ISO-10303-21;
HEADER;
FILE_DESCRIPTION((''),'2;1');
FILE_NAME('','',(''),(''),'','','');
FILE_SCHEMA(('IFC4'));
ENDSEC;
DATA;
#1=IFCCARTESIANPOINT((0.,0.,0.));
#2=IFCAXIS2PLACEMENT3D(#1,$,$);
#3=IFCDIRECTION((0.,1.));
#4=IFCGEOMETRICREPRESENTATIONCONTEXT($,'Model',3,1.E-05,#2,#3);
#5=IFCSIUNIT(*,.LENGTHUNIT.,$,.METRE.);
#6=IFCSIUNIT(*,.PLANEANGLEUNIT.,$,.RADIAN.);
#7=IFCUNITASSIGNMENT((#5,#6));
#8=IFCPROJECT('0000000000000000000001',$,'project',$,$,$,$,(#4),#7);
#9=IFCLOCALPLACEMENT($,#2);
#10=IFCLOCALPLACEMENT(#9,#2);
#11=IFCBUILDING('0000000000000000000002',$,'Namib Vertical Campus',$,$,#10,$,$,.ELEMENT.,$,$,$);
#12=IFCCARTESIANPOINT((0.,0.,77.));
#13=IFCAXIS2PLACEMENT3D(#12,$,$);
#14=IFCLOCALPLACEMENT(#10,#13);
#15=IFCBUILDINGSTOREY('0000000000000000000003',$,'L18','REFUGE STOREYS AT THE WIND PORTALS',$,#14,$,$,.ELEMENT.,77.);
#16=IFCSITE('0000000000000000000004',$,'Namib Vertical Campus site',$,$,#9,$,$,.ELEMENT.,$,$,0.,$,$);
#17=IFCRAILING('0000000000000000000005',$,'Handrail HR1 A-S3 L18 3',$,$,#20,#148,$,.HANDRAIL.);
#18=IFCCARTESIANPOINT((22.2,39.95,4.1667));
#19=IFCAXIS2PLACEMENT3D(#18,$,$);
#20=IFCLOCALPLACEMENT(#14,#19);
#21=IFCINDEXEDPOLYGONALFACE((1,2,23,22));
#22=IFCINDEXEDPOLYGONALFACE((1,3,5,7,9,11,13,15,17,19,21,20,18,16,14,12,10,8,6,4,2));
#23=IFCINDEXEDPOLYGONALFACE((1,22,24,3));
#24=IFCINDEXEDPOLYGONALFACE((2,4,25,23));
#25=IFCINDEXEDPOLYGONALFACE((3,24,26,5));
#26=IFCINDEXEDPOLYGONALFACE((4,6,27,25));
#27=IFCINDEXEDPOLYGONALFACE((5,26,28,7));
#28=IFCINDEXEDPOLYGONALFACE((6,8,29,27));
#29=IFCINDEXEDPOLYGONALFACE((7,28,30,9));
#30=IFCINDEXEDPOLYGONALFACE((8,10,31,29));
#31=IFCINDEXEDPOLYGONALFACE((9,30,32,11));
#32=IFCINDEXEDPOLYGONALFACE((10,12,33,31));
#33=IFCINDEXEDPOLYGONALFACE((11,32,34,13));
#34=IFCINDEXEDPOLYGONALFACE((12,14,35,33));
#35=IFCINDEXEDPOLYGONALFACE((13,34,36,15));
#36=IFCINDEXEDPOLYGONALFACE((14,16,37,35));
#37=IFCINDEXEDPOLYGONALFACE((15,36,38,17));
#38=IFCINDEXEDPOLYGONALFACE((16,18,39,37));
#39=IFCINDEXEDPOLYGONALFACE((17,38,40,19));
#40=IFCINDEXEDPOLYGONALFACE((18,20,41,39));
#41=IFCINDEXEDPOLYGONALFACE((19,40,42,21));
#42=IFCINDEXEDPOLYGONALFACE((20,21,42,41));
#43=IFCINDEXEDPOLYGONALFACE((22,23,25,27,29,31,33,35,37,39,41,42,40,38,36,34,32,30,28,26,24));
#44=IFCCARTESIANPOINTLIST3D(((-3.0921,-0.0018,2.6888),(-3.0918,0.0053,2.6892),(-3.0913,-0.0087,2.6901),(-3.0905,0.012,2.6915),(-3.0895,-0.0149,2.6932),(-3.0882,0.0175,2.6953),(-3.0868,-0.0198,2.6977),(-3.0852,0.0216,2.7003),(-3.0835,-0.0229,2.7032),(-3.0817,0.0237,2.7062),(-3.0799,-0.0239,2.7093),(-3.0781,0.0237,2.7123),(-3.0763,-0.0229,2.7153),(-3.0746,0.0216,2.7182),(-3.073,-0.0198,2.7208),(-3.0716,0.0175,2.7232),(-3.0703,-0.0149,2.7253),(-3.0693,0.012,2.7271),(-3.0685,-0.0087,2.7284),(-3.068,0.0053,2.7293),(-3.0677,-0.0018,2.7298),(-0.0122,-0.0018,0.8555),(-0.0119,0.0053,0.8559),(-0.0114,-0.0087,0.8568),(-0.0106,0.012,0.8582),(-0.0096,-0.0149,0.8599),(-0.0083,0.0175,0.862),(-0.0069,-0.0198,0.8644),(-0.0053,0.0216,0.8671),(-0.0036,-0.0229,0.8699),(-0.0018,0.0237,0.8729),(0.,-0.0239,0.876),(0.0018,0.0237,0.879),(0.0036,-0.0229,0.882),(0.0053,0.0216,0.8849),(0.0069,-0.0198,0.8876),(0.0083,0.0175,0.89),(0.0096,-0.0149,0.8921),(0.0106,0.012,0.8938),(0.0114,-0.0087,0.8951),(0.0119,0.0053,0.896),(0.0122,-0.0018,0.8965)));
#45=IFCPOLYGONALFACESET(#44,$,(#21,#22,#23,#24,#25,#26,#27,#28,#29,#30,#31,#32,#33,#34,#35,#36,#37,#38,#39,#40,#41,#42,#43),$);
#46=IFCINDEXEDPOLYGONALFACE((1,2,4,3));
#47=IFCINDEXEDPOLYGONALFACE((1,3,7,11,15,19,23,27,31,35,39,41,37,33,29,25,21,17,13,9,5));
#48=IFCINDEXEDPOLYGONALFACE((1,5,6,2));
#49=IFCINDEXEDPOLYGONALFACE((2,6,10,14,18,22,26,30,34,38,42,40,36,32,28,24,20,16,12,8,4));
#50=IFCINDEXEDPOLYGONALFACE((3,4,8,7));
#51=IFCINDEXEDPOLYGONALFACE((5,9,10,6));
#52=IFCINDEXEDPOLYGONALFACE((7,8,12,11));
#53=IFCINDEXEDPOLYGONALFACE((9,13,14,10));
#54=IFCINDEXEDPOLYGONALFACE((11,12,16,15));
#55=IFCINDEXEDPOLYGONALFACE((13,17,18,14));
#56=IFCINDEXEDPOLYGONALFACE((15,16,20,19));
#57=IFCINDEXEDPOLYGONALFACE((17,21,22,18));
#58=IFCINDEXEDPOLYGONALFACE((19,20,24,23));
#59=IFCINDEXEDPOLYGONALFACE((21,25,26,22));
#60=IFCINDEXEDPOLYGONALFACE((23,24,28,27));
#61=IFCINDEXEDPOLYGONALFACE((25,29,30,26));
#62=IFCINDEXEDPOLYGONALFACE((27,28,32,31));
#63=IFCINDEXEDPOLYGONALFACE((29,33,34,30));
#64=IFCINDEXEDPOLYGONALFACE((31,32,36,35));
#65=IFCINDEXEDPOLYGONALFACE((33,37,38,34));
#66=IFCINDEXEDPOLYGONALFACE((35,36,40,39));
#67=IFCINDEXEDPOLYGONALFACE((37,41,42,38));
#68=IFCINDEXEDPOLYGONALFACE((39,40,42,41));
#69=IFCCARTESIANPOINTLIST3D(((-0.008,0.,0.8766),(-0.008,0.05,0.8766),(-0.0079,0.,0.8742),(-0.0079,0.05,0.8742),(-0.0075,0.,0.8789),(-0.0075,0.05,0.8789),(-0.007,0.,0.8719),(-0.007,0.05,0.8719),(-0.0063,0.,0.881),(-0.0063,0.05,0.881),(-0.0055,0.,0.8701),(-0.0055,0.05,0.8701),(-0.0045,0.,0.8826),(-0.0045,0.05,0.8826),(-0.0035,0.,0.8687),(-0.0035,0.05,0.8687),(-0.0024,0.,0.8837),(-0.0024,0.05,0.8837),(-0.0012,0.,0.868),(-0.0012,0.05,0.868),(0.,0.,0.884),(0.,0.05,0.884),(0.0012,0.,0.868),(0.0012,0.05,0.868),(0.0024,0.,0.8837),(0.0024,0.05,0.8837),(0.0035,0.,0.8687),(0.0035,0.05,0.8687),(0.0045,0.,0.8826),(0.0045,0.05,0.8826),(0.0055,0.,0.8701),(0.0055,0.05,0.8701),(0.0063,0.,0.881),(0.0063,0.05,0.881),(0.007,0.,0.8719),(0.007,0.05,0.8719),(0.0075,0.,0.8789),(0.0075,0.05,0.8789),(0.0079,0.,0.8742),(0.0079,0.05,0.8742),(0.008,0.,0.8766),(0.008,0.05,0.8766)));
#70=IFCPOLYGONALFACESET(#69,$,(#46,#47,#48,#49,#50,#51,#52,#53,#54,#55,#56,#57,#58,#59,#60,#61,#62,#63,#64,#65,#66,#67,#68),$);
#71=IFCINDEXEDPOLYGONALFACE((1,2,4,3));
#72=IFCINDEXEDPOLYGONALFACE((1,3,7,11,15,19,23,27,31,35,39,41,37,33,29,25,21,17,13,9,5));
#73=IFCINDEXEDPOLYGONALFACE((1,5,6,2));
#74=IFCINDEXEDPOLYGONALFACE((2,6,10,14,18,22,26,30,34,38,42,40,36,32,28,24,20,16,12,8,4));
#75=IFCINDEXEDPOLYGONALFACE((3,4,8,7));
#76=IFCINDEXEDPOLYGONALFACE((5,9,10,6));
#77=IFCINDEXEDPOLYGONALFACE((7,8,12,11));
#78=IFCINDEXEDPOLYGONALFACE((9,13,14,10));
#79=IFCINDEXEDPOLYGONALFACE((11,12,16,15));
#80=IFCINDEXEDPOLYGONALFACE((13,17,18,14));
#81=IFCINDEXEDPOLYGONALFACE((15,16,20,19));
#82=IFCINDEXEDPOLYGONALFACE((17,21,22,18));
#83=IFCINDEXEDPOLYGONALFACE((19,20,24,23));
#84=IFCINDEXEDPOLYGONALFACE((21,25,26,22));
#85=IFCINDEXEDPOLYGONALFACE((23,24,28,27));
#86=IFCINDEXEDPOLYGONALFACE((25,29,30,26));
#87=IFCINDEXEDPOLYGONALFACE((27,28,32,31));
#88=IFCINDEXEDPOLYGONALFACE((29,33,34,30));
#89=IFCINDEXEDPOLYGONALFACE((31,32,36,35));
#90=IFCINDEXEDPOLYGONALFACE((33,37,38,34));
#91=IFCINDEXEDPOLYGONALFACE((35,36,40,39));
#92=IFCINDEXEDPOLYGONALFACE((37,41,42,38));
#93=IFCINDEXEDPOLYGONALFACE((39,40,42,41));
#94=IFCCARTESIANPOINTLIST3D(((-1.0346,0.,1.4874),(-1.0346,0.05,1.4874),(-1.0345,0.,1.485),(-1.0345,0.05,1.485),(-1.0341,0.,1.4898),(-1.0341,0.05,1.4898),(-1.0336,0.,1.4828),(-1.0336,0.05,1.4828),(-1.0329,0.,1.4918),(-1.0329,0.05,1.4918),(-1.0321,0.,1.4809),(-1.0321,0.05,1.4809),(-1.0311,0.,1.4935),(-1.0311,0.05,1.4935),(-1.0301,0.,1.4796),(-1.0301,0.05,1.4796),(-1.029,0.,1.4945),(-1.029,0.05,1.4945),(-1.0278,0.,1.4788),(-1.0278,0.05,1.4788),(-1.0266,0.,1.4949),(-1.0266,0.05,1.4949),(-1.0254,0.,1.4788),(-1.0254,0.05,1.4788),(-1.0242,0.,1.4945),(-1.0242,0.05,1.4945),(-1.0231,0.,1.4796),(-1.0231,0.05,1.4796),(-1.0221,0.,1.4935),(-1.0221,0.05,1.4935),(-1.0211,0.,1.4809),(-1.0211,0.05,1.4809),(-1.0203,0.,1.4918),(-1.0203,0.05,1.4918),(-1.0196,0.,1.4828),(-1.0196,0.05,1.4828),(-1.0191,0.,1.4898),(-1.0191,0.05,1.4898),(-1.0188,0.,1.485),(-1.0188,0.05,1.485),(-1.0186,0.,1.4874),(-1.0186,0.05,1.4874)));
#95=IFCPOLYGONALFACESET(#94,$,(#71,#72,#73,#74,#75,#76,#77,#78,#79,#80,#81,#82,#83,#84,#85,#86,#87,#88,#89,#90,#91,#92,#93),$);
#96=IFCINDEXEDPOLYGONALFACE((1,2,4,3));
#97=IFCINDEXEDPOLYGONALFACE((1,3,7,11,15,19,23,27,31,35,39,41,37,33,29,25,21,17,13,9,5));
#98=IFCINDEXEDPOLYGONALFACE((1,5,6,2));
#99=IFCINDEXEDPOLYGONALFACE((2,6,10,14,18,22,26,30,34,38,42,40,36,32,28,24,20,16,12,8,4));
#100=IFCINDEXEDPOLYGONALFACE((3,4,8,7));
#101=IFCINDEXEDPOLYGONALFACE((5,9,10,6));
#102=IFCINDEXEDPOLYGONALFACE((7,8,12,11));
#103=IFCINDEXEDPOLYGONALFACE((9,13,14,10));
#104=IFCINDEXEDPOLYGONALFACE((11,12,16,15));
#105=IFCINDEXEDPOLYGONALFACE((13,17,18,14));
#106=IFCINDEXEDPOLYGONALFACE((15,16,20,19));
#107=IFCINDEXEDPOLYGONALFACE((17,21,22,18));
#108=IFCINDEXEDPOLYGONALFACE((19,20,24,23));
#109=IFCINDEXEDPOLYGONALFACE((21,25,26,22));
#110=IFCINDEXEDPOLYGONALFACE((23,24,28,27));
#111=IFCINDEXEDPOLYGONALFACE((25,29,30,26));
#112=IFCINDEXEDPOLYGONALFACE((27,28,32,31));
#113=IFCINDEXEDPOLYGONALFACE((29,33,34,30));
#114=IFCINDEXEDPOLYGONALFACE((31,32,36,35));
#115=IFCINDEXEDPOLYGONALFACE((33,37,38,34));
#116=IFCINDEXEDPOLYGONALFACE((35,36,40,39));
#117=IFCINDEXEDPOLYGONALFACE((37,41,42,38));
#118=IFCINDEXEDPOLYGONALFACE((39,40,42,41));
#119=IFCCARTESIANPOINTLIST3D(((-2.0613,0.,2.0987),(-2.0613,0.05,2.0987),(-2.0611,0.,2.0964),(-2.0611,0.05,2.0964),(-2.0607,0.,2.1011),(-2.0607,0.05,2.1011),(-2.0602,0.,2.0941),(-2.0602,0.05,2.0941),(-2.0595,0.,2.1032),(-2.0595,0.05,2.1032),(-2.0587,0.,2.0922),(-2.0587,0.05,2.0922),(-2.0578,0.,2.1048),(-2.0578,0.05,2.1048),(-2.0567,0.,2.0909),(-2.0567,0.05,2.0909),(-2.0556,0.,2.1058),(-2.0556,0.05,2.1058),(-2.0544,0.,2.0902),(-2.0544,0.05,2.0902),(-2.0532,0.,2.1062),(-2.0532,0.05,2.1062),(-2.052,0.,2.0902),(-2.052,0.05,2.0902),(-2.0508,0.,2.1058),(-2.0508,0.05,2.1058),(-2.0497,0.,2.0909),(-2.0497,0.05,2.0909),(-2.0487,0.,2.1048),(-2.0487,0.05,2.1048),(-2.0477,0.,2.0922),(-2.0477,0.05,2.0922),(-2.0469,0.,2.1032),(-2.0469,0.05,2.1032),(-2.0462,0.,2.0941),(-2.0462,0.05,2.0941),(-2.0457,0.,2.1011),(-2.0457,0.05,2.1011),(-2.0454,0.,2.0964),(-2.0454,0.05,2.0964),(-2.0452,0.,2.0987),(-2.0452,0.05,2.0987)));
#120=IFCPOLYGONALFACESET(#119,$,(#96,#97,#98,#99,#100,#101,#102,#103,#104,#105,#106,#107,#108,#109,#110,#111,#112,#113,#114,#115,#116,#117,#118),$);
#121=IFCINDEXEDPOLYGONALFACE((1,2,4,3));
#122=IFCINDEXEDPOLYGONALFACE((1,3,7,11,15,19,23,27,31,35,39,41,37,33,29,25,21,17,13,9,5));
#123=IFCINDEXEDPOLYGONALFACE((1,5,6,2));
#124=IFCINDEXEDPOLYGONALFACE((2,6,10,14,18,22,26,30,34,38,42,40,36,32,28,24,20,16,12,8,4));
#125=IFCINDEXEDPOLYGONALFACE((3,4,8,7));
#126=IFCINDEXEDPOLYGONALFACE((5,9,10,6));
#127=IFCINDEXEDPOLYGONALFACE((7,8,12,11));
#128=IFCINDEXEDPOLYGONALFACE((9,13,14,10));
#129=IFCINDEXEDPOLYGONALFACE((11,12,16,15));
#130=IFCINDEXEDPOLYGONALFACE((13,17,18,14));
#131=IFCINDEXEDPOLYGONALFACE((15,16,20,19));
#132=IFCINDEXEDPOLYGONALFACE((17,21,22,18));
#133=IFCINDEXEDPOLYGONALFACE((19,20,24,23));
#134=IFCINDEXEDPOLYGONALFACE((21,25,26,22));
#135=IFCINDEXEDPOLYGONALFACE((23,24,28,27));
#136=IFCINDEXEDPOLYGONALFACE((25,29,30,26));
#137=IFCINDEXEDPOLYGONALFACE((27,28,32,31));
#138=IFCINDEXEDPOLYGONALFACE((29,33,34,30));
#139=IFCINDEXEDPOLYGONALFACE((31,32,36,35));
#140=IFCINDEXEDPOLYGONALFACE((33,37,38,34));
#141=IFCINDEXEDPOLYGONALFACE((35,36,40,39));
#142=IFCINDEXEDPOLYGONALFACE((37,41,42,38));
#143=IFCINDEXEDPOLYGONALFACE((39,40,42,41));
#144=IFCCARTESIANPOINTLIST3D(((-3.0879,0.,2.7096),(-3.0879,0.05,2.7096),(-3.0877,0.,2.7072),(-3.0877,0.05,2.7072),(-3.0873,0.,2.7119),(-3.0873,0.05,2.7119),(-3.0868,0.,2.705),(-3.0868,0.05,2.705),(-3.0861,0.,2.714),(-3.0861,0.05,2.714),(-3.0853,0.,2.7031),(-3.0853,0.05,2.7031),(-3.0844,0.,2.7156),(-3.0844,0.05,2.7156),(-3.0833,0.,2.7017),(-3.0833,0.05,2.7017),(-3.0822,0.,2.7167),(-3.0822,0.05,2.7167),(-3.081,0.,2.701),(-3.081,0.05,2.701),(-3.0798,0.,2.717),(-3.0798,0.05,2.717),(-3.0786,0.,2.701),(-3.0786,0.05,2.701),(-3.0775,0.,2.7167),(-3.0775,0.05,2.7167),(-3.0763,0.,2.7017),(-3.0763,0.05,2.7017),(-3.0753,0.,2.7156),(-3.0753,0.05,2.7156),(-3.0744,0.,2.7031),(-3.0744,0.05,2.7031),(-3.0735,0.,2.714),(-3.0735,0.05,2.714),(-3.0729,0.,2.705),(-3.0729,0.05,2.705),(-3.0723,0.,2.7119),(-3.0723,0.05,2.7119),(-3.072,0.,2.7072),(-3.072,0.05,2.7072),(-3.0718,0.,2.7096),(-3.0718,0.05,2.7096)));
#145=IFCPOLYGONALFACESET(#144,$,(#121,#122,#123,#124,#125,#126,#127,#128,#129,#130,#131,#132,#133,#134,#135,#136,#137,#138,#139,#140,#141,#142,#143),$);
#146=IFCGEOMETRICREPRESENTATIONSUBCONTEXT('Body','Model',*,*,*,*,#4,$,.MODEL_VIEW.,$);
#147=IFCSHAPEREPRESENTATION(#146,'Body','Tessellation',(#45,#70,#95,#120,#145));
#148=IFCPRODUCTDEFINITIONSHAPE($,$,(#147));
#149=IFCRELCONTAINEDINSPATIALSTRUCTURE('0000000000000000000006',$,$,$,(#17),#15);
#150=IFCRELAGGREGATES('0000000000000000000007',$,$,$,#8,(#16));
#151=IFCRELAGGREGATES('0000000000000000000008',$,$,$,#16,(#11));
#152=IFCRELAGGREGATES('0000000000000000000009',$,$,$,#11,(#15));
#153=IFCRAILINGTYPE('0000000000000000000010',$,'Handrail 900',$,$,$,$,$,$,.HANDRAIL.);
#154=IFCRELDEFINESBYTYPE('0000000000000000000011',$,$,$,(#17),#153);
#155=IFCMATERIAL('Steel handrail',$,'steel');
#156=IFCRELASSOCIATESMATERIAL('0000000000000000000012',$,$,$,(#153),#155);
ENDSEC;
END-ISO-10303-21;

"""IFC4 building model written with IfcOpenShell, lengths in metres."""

from ifc_helpers import new_model, si_unit, direction, frame, origin, origin_2d, place, context, subcontext, project, spatial, circle, extrude, material, type_object, element, save


model = new_model("IFC4")

# Units and contexts
model_context = context("Model", 3, precision=1e-05, world=origin(), true_north=direction((0.0, 1.0)))
body_context = subcontext(model_context, "Body", "Model", "MODEL_VIEW")
ifc_project = project(units=[si_unit("LENGTHUNIT", "METRE"), si_unit("PLANEANGLEUNIT", "RADIAN")], contexts=[model_context])

# Site, building, storey
site_placement = place(None, origin())
site = spatial("IfcSite", under=ifc_project, at=site_placement, Name="Namib Vertical Campus site", CompositionType="ELEMENT", RefElevation=0.0)
building_placement = place(site_placement, origin())
building = spatial("IfcBuilding", under=site, at=building_placement, Name="Namib Vertical Campus", CompositionType="ELEMENT")
storey_placement = place(building_placement, frame((0.0, 0.0, 77.0)))
storey = spatial("IfcBuildingStorey", under=building, at=storey_placement, Name="L18", Description="REFUGE STOREYS AT THE WIND PORTALS", CompositionType="ELEMENT", Elevation=77.0)

# Railing
ifc_material_1 = material(Name="Steel handrail", Category="steel")
railing_type_1 = type_object("IfcRailingType", Name="Handrail 900", PredefinedType="HANDRAIL", material=ifc_material_1)
for number, where, name in (
    (1, (22.2, 39.95, 4.1667), "Handrail HR1 A-S3 L18 3"),
):
    element("IfcRailing", number, at=place(storey_placement, frame(where)), inside=storey, type_object=railing_type_1, Name=name, PredefinedType="HANDRAIL", context=body_context, shape_type="SweptSolid", body=[
        extrude(circle(Radius=0.0239, at=origin_2d()), frame((0.0, 0.0, 0.876), z_axis=(-0.859291, 0.0, 0.511487), x_axis=(0.0, -1.0, 0.0)), (0.0, 0.0, 1.0), 3.5842),
        extrude(circle(Radius=0.0081, at=origin_2d()), frame((0.0, 0.0, 0.876), z_axis=(0.0, 1.0, 0.0), x_axis=(0.0, 0.0, 1.0)), (0.0, 0.0, 1.0), 0.05),
        extrude(circle(Radius=0.0081, at=origin_2d()), frame((-1.0266, 0.0, 1.4868), z_axis=(0.0, 1.0, 0.0), x_axis=(0.0, 0.0, 1.0)), (0.0, 0.0, 1.0), 0.05),
        extrude(circle(Radius=0.0081, at=origin_2d()), frame((-2.0532, 0.0, 2.0981), z_axis=(0.0, 1.0, 0.0), x_axis=(0.0, 0.0, 1.0)), (0.0, 0.0, 1.0), 0.05),
        extrude(circle(Radius=0.0081, at=origin_2d()), frame((-3.0798, 0.0, 2.709), z_axis=(0.0, 1.0, 0.0), x_axis=(0.0, 0.0, 1.0)), (0.0, 0.0, 1.0), 0.05),
    ])

save(model, "model.ifc")
